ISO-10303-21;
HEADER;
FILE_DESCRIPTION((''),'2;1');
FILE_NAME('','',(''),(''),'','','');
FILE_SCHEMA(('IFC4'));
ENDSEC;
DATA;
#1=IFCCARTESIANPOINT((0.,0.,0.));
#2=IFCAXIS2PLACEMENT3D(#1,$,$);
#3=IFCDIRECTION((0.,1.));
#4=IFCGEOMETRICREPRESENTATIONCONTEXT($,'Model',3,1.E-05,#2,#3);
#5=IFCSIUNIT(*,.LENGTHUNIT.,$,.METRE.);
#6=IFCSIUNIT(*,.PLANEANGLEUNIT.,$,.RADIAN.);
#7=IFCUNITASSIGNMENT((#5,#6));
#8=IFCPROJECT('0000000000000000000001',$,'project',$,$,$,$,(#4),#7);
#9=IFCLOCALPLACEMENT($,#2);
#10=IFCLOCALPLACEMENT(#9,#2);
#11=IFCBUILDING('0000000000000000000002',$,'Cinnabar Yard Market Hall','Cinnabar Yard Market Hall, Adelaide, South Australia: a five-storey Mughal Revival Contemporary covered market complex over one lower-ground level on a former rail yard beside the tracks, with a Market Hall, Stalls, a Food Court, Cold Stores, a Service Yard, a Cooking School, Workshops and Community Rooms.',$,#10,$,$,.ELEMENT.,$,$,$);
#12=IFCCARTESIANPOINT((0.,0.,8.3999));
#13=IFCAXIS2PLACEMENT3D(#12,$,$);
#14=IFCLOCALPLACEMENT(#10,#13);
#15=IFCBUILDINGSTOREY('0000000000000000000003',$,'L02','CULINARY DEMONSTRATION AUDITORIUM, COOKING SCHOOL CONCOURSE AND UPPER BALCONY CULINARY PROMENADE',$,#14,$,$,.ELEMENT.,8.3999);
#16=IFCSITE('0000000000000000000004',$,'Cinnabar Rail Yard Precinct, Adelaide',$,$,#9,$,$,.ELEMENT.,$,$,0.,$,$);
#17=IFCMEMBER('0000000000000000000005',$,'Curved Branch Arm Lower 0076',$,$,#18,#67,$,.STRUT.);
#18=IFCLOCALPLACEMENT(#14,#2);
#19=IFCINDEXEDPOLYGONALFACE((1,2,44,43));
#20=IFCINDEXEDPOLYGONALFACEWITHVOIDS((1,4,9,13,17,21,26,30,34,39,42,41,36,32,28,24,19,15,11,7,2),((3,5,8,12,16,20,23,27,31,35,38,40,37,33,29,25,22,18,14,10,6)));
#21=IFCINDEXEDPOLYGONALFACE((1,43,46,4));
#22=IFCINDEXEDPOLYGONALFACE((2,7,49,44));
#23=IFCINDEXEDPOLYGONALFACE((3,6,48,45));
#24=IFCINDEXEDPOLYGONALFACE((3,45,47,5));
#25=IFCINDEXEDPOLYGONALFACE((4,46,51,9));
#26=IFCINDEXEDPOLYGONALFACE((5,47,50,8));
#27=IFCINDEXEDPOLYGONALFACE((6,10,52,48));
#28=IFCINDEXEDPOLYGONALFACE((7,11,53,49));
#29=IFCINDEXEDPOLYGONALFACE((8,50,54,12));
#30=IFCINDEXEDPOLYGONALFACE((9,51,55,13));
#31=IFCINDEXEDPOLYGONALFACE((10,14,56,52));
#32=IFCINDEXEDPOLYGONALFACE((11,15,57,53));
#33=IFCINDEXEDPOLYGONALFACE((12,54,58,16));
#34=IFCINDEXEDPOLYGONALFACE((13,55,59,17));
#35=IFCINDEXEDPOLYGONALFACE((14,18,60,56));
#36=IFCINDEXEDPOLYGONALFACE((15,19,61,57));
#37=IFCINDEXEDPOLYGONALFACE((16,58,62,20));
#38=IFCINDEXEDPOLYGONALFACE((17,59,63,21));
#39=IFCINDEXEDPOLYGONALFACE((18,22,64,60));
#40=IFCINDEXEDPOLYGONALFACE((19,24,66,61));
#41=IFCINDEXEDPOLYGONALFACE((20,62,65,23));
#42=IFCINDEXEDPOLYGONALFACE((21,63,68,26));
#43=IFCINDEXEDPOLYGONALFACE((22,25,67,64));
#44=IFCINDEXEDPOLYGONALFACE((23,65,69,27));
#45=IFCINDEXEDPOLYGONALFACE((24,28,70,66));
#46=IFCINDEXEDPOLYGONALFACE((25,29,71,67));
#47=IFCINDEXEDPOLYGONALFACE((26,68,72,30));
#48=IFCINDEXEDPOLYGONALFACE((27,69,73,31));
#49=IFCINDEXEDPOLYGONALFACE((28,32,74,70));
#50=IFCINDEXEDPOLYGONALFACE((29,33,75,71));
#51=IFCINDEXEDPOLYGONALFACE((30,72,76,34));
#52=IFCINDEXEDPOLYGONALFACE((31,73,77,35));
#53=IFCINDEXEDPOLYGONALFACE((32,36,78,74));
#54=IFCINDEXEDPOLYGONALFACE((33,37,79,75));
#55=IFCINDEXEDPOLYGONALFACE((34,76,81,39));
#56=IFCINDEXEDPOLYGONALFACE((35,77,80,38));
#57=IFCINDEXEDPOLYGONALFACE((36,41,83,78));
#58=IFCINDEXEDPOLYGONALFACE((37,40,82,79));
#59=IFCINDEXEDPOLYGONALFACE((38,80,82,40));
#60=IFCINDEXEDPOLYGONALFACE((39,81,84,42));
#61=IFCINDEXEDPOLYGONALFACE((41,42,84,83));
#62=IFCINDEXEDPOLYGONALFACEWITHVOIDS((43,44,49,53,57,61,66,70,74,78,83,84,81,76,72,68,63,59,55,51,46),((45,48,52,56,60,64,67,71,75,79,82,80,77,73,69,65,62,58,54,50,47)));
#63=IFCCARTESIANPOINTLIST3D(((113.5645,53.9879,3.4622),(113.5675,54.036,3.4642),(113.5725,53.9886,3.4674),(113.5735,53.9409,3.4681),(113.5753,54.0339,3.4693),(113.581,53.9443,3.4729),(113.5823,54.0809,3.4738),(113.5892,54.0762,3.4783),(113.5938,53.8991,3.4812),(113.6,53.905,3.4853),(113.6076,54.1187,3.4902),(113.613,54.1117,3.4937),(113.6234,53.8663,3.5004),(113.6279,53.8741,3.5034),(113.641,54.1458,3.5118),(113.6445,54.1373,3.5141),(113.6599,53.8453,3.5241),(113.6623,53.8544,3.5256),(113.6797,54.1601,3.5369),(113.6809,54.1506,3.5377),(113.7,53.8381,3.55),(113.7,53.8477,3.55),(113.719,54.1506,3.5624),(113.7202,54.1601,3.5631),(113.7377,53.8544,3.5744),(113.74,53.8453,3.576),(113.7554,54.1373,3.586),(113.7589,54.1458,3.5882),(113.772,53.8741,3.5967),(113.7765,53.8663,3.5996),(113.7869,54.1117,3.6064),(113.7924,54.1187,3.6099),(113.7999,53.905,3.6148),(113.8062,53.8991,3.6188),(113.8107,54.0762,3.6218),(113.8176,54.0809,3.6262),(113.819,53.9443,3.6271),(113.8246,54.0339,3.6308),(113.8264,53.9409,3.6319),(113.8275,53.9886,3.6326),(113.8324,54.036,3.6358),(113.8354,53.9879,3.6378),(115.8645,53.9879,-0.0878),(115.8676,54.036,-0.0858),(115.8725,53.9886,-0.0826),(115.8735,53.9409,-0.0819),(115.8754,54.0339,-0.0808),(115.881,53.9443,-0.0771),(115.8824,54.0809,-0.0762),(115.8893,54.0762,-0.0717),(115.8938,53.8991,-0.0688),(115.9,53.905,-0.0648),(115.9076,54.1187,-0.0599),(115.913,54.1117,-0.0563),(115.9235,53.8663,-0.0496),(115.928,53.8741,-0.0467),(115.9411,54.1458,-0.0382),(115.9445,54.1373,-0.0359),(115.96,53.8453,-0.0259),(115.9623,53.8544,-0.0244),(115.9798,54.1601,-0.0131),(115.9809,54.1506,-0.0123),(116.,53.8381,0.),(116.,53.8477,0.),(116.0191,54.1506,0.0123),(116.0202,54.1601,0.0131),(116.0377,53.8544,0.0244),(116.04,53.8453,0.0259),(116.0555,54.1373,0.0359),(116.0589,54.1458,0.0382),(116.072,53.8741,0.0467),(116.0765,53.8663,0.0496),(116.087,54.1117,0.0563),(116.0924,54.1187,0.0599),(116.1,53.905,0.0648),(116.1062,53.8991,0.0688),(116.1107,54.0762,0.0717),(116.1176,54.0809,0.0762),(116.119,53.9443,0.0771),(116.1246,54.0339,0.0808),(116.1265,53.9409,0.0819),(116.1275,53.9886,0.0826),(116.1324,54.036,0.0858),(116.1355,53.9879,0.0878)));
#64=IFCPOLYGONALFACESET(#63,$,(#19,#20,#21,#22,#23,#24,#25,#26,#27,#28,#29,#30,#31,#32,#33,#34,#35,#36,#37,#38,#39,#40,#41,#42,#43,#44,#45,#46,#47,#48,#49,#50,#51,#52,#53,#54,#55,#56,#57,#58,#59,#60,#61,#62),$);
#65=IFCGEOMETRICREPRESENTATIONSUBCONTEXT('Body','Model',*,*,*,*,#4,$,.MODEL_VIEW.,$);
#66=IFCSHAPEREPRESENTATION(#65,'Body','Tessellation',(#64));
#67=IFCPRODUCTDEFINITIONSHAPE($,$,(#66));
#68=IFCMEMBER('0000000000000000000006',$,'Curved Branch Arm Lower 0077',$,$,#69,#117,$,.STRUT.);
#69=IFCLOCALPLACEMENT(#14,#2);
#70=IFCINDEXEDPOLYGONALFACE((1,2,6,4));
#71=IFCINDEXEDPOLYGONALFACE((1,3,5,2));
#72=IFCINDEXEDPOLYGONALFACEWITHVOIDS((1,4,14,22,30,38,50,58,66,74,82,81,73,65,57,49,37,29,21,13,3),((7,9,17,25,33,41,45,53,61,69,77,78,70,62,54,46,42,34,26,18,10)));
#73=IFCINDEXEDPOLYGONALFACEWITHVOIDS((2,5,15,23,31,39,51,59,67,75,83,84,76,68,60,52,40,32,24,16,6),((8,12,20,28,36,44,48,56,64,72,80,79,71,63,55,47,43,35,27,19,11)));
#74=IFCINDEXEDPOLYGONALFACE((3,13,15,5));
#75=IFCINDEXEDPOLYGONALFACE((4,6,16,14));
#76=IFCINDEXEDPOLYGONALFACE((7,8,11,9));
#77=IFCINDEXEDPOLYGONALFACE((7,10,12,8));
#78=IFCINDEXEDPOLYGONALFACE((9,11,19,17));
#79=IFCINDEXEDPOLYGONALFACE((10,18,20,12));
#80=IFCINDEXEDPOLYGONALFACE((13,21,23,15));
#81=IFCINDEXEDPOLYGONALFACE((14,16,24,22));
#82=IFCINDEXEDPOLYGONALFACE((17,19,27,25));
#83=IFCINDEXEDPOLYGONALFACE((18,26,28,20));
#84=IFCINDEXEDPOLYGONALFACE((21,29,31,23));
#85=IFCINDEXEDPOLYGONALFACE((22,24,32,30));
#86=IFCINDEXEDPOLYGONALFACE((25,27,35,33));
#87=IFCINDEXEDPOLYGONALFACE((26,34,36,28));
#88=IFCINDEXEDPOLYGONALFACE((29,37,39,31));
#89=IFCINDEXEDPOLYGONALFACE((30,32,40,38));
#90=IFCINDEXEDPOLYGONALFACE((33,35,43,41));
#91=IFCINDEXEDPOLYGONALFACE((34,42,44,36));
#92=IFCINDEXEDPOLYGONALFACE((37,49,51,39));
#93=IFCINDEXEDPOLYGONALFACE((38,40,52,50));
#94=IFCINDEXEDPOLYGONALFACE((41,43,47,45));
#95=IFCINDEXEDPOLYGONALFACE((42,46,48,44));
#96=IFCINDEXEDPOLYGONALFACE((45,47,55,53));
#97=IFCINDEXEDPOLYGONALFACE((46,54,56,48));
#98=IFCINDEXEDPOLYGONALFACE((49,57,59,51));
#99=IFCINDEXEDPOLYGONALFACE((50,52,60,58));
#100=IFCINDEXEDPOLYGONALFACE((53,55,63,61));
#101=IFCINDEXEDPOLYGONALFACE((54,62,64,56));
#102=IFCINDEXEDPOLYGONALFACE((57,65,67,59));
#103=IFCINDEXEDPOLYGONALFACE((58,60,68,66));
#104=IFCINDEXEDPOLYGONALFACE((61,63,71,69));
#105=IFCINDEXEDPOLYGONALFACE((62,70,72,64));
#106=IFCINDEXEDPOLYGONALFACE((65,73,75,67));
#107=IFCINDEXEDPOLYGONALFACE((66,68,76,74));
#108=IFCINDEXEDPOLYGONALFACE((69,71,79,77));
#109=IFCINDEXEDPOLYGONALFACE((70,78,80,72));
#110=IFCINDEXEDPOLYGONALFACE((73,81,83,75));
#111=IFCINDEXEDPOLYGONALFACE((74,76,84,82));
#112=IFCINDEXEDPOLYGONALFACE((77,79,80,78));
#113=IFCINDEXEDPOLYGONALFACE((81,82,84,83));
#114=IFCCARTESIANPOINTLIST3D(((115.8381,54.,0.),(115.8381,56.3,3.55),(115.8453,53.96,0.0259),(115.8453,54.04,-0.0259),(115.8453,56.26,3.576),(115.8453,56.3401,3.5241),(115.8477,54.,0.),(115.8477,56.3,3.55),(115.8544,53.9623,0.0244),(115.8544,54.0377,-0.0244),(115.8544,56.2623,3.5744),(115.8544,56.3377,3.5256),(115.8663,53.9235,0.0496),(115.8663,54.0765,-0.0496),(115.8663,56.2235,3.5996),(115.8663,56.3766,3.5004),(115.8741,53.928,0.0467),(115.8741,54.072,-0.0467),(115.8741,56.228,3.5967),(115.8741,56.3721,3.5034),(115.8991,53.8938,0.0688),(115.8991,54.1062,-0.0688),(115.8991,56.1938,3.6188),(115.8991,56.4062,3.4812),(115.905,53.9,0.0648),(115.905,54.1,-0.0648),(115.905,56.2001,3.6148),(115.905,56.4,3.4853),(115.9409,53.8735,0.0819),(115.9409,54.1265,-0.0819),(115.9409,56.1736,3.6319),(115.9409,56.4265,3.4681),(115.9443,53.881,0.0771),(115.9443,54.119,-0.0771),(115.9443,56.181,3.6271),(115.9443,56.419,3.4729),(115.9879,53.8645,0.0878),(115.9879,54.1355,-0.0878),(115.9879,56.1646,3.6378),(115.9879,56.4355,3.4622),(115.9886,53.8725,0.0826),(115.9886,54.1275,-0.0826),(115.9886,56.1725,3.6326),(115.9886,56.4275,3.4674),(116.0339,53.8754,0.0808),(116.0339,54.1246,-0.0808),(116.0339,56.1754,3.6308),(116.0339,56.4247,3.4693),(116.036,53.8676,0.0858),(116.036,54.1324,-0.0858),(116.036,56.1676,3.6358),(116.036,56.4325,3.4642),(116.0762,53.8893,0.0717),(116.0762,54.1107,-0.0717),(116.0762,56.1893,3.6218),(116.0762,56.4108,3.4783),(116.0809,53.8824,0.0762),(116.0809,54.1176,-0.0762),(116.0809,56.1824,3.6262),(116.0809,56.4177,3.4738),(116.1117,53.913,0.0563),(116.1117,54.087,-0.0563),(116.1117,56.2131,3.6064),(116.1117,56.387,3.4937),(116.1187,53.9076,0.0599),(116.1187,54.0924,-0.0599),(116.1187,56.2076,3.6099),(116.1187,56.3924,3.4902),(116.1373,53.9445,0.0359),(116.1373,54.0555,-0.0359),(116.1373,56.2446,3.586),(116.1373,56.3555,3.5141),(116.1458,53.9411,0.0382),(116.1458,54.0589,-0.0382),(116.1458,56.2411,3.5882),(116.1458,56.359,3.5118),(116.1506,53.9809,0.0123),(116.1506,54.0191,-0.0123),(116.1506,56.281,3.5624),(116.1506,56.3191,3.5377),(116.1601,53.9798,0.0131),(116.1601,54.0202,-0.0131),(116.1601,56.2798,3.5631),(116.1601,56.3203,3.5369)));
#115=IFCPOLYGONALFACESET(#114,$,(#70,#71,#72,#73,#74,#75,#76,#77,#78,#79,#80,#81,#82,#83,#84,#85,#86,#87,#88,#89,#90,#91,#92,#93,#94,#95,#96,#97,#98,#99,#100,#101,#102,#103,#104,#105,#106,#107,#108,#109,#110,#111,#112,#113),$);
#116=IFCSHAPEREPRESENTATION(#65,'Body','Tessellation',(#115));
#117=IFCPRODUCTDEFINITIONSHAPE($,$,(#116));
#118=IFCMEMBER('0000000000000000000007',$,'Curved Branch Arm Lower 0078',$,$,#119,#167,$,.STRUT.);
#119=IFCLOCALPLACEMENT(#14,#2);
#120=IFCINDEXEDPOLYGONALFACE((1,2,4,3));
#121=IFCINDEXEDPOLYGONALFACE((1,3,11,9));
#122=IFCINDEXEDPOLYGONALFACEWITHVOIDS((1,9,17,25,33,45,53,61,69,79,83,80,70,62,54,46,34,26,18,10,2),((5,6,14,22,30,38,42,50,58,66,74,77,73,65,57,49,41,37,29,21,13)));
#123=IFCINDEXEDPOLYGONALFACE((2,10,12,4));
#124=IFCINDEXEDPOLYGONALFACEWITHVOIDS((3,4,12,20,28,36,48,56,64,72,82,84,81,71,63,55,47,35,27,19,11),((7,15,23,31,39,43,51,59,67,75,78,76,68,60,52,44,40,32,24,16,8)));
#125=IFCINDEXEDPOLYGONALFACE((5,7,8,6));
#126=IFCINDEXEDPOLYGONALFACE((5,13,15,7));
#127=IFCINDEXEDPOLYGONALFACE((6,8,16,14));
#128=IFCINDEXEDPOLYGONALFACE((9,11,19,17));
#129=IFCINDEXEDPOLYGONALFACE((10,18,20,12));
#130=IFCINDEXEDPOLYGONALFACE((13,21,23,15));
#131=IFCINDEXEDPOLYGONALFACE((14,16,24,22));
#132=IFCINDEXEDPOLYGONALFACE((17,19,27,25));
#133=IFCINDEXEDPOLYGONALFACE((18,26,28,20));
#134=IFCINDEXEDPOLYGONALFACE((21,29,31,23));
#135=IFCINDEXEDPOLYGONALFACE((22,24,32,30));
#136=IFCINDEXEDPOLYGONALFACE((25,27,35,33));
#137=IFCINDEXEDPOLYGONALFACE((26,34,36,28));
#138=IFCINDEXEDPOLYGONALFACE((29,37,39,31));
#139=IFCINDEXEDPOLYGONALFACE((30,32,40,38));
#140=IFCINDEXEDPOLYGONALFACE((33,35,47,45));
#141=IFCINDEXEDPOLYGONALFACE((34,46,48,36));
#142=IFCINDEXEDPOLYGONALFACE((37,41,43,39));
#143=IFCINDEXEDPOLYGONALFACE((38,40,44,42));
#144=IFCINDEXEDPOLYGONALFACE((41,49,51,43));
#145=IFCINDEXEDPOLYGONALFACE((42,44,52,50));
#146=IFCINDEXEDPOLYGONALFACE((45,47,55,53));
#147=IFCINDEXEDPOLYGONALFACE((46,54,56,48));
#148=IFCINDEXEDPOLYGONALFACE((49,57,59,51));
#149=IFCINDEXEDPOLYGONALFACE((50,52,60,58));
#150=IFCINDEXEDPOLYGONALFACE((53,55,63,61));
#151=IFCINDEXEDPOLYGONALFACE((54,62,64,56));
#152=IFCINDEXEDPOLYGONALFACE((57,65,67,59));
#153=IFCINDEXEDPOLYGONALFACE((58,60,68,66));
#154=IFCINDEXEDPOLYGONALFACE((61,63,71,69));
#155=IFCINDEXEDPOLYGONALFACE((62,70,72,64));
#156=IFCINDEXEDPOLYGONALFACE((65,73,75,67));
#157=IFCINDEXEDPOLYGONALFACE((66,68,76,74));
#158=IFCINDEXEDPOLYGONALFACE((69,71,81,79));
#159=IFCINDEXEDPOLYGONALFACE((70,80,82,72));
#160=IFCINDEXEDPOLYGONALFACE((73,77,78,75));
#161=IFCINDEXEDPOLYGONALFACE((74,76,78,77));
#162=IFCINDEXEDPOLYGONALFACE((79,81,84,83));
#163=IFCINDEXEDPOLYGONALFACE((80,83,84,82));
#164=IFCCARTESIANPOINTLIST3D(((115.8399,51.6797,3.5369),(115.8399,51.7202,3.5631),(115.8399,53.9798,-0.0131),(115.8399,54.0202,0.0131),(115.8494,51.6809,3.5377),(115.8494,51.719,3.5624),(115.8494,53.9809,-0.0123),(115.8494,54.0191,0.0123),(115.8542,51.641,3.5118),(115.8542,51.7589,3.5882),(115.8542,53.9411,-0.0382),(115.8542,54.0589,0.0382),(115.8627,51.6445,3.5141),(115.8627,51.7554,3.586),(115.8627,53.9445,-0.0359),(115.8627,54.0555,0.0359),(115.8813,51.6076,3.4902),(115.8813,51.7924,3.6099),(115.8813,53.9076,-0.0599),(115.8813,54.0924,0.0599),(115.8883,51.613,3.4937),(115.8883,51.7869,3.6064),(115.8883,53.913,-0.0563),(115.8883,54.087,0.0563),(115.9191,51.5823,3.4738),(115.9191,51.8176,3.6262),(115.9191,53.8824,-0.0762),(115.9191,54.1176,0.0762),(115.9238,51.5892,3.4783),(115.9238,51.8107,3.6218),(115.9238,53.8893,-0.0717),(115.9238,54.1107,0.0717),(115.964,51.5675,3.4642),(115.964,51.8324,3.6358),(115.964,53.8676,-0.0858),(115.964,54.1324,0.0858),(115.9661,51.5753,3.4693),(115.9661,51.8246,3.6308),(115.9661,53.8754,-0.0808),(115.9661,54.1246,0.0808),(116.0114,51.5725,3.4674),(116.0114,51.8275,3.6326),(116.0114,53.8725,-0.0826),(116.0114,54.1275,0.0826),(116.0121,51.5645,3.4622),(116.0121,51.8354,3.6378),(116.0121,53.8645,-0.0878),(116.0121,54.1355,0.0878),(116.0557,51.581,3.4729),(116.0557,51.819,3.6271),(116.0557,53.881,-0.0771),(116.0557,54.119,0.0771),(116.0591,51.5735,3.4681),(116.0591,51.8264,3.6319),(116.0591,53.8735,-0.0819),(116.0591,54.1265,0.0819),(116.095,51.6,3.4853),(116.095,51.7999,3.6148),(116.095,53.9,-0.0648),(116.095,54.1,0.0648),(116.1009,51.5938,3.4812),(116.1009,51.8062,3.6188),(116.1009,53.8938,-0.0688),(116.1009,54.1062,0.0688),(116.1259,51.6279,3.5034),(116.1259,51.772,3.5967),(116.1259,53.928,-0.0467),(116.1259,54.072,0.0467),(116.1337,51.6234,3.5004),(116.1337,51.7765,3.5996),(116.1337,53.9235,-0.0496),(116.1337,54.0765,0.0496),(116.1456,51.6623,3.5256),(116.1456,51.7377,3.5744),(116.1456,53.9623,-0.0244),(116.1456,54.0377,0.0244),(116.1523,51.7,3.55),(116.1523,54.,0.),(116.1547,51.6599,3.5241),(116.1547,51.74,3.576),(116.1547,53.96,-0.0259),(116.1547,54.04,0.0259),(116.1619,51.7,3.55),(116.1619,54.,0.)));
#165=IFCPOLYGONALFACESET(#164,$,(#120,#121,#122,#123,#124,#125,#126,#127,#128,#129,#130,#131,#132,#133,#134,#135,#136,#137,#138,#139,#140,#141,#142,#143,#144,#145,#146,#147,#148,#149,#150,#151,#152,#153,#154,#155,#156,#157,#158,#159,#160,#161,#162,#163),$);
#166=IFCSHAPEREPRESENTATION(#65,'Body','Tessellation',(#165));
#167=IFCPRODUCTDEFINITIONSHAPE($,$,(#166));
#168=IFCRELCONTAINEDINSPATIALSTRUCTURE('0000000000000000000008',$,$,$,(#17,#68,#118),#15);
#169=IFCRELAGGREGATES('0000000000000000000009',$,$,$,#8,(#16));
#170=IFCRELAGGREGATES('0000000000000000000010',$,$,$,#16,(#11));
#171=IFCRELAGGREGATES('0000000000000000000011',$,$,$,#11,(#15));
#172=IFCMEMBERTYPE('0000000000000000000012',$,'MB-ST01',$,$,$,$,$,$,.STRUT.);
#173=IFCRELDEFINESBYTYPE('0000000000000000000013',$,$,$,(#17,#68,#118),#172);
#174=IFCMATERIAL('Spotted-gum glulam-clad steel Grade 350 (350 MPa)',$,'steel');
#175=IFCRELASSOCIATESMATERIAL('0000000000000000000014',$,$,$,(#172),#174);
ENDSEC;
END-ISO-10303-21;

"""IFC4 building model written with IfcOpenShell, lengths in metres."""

from ifc_helpers import new_model, si_unit, direction, frame, origin, origin_2d_with_axis, place, context, subcontext, project, spatial, hollow_circle, extrude, material, material_profile, profile_set, type_object, element, save


model = new_model("IFC4")

# Units and contexts
model_context = context("Model", 3, precision=1e-05, world=origin(), true_north=direction((0.0, 1.0)))
body_context = subcontext(model_context, "Body", "Model", "MODEL_VIEW")
ifc_project = project(units=[si_unit("LENGTHUNIT", "METRE"), si_unit("PLANEANGLEUNIT", "RADIAN")], contexts=[model_context])

# Site, building, storey
site_placement = place(None, origin())
site = spatial("IfcSite", under=ifc_project, at=site_placement, Name="Cinnabar Rail Yard Precinct, Adelaide", CompositionType="ELEMENT", RefElevation=0.0)
building_placement = place(site_placement, origin())
building = spatial("IfcBuilding", under=site, at=building_placement, Name="Cinnabar Yard Market Hall", Description="Cinnabar Yard Market Hall, Adelaide, South Australia: a five-storey Mughal Revival Contemporary covered market complex over one lower-ground level on a former rail yard beside the tracks, with a Market Hall, Stalls, a Food Court, Cold Stores, a Service Yard, a Cooking School, Workshops and Community Rooms.", CompositionType="ELEMENT")
storey_placement = place(building_placement, frame((0.0, 0.0, 8.3999)))
storey = spatial("IfcBuildingStorey", under=building, at=storey_placement, Name="L02", Description="CULINARY DEMONSTRATION AUDITORIUM, COOKING SCHOOL CONCOURSE AND UPPER BALCONY CULINARY PROMENADE", CompositionType="ELEMENT", Elevation=8.3999)

# Shared definitions
ifc_material_1 = material(Name="Spotted-gum glulam-clad steel Grade 350 (350 MPa)", Category="steel")

# Members
ifc_material_profile_1 = material_profile(ifc_material_1, hollow_circle(Radius=0.1619, WallThickness=0.0095, at=origin_2d_with_axis()), Name="323.9x9.5CHS")
ifc_profile_set_1 = profile_set([ifc_material_profile_1], Name="Spotted-gum glulam-clad steel Grade 350 (350 MPa)")
member_type_1 = type_object("IfcMemberType", Name="MB-ST01", PredefinedType="STRUT", material=ifc_profile_set_1)
for number, where, z_axis, x_axis, name in (
    (1, (116.0, 54.0, 0.0), (-0.543744, 0.0, 0.839251), (0.0, -1.0, 0.0), "Curved Branch Arm Lower 0076"),
    (2, (116.0, 54.0, 0.0), (0.0, 0.543744, 0.839251), (-1.0, 0.0, 0.0), "Curved Branch Arm Lower 0077"),
    (3, (116.0, 54.0, 0.0), (0.0, -0.543744, 0.839251), (1.0, 0.0, 0.0), "Curved Branch Arm Lower 0078"),
):
    element("IfcMember", number, at=place(storey_placement, frame(where, z_axis=z_axis, x_axis=x_axis)), inside=storey, type_object=member_type_1, Name=name, PredefinedType="STRUT", context=body_context, shape_type="SweptSolid", body=[
        extrude(hollow_circle(Radius=0.1619, WallThickness=0.0095, at=origin_2d_with_axis()), origin(), (0.0, 0.0, 1.0), 4.23),
    ])

save(model, "model.ifc")
